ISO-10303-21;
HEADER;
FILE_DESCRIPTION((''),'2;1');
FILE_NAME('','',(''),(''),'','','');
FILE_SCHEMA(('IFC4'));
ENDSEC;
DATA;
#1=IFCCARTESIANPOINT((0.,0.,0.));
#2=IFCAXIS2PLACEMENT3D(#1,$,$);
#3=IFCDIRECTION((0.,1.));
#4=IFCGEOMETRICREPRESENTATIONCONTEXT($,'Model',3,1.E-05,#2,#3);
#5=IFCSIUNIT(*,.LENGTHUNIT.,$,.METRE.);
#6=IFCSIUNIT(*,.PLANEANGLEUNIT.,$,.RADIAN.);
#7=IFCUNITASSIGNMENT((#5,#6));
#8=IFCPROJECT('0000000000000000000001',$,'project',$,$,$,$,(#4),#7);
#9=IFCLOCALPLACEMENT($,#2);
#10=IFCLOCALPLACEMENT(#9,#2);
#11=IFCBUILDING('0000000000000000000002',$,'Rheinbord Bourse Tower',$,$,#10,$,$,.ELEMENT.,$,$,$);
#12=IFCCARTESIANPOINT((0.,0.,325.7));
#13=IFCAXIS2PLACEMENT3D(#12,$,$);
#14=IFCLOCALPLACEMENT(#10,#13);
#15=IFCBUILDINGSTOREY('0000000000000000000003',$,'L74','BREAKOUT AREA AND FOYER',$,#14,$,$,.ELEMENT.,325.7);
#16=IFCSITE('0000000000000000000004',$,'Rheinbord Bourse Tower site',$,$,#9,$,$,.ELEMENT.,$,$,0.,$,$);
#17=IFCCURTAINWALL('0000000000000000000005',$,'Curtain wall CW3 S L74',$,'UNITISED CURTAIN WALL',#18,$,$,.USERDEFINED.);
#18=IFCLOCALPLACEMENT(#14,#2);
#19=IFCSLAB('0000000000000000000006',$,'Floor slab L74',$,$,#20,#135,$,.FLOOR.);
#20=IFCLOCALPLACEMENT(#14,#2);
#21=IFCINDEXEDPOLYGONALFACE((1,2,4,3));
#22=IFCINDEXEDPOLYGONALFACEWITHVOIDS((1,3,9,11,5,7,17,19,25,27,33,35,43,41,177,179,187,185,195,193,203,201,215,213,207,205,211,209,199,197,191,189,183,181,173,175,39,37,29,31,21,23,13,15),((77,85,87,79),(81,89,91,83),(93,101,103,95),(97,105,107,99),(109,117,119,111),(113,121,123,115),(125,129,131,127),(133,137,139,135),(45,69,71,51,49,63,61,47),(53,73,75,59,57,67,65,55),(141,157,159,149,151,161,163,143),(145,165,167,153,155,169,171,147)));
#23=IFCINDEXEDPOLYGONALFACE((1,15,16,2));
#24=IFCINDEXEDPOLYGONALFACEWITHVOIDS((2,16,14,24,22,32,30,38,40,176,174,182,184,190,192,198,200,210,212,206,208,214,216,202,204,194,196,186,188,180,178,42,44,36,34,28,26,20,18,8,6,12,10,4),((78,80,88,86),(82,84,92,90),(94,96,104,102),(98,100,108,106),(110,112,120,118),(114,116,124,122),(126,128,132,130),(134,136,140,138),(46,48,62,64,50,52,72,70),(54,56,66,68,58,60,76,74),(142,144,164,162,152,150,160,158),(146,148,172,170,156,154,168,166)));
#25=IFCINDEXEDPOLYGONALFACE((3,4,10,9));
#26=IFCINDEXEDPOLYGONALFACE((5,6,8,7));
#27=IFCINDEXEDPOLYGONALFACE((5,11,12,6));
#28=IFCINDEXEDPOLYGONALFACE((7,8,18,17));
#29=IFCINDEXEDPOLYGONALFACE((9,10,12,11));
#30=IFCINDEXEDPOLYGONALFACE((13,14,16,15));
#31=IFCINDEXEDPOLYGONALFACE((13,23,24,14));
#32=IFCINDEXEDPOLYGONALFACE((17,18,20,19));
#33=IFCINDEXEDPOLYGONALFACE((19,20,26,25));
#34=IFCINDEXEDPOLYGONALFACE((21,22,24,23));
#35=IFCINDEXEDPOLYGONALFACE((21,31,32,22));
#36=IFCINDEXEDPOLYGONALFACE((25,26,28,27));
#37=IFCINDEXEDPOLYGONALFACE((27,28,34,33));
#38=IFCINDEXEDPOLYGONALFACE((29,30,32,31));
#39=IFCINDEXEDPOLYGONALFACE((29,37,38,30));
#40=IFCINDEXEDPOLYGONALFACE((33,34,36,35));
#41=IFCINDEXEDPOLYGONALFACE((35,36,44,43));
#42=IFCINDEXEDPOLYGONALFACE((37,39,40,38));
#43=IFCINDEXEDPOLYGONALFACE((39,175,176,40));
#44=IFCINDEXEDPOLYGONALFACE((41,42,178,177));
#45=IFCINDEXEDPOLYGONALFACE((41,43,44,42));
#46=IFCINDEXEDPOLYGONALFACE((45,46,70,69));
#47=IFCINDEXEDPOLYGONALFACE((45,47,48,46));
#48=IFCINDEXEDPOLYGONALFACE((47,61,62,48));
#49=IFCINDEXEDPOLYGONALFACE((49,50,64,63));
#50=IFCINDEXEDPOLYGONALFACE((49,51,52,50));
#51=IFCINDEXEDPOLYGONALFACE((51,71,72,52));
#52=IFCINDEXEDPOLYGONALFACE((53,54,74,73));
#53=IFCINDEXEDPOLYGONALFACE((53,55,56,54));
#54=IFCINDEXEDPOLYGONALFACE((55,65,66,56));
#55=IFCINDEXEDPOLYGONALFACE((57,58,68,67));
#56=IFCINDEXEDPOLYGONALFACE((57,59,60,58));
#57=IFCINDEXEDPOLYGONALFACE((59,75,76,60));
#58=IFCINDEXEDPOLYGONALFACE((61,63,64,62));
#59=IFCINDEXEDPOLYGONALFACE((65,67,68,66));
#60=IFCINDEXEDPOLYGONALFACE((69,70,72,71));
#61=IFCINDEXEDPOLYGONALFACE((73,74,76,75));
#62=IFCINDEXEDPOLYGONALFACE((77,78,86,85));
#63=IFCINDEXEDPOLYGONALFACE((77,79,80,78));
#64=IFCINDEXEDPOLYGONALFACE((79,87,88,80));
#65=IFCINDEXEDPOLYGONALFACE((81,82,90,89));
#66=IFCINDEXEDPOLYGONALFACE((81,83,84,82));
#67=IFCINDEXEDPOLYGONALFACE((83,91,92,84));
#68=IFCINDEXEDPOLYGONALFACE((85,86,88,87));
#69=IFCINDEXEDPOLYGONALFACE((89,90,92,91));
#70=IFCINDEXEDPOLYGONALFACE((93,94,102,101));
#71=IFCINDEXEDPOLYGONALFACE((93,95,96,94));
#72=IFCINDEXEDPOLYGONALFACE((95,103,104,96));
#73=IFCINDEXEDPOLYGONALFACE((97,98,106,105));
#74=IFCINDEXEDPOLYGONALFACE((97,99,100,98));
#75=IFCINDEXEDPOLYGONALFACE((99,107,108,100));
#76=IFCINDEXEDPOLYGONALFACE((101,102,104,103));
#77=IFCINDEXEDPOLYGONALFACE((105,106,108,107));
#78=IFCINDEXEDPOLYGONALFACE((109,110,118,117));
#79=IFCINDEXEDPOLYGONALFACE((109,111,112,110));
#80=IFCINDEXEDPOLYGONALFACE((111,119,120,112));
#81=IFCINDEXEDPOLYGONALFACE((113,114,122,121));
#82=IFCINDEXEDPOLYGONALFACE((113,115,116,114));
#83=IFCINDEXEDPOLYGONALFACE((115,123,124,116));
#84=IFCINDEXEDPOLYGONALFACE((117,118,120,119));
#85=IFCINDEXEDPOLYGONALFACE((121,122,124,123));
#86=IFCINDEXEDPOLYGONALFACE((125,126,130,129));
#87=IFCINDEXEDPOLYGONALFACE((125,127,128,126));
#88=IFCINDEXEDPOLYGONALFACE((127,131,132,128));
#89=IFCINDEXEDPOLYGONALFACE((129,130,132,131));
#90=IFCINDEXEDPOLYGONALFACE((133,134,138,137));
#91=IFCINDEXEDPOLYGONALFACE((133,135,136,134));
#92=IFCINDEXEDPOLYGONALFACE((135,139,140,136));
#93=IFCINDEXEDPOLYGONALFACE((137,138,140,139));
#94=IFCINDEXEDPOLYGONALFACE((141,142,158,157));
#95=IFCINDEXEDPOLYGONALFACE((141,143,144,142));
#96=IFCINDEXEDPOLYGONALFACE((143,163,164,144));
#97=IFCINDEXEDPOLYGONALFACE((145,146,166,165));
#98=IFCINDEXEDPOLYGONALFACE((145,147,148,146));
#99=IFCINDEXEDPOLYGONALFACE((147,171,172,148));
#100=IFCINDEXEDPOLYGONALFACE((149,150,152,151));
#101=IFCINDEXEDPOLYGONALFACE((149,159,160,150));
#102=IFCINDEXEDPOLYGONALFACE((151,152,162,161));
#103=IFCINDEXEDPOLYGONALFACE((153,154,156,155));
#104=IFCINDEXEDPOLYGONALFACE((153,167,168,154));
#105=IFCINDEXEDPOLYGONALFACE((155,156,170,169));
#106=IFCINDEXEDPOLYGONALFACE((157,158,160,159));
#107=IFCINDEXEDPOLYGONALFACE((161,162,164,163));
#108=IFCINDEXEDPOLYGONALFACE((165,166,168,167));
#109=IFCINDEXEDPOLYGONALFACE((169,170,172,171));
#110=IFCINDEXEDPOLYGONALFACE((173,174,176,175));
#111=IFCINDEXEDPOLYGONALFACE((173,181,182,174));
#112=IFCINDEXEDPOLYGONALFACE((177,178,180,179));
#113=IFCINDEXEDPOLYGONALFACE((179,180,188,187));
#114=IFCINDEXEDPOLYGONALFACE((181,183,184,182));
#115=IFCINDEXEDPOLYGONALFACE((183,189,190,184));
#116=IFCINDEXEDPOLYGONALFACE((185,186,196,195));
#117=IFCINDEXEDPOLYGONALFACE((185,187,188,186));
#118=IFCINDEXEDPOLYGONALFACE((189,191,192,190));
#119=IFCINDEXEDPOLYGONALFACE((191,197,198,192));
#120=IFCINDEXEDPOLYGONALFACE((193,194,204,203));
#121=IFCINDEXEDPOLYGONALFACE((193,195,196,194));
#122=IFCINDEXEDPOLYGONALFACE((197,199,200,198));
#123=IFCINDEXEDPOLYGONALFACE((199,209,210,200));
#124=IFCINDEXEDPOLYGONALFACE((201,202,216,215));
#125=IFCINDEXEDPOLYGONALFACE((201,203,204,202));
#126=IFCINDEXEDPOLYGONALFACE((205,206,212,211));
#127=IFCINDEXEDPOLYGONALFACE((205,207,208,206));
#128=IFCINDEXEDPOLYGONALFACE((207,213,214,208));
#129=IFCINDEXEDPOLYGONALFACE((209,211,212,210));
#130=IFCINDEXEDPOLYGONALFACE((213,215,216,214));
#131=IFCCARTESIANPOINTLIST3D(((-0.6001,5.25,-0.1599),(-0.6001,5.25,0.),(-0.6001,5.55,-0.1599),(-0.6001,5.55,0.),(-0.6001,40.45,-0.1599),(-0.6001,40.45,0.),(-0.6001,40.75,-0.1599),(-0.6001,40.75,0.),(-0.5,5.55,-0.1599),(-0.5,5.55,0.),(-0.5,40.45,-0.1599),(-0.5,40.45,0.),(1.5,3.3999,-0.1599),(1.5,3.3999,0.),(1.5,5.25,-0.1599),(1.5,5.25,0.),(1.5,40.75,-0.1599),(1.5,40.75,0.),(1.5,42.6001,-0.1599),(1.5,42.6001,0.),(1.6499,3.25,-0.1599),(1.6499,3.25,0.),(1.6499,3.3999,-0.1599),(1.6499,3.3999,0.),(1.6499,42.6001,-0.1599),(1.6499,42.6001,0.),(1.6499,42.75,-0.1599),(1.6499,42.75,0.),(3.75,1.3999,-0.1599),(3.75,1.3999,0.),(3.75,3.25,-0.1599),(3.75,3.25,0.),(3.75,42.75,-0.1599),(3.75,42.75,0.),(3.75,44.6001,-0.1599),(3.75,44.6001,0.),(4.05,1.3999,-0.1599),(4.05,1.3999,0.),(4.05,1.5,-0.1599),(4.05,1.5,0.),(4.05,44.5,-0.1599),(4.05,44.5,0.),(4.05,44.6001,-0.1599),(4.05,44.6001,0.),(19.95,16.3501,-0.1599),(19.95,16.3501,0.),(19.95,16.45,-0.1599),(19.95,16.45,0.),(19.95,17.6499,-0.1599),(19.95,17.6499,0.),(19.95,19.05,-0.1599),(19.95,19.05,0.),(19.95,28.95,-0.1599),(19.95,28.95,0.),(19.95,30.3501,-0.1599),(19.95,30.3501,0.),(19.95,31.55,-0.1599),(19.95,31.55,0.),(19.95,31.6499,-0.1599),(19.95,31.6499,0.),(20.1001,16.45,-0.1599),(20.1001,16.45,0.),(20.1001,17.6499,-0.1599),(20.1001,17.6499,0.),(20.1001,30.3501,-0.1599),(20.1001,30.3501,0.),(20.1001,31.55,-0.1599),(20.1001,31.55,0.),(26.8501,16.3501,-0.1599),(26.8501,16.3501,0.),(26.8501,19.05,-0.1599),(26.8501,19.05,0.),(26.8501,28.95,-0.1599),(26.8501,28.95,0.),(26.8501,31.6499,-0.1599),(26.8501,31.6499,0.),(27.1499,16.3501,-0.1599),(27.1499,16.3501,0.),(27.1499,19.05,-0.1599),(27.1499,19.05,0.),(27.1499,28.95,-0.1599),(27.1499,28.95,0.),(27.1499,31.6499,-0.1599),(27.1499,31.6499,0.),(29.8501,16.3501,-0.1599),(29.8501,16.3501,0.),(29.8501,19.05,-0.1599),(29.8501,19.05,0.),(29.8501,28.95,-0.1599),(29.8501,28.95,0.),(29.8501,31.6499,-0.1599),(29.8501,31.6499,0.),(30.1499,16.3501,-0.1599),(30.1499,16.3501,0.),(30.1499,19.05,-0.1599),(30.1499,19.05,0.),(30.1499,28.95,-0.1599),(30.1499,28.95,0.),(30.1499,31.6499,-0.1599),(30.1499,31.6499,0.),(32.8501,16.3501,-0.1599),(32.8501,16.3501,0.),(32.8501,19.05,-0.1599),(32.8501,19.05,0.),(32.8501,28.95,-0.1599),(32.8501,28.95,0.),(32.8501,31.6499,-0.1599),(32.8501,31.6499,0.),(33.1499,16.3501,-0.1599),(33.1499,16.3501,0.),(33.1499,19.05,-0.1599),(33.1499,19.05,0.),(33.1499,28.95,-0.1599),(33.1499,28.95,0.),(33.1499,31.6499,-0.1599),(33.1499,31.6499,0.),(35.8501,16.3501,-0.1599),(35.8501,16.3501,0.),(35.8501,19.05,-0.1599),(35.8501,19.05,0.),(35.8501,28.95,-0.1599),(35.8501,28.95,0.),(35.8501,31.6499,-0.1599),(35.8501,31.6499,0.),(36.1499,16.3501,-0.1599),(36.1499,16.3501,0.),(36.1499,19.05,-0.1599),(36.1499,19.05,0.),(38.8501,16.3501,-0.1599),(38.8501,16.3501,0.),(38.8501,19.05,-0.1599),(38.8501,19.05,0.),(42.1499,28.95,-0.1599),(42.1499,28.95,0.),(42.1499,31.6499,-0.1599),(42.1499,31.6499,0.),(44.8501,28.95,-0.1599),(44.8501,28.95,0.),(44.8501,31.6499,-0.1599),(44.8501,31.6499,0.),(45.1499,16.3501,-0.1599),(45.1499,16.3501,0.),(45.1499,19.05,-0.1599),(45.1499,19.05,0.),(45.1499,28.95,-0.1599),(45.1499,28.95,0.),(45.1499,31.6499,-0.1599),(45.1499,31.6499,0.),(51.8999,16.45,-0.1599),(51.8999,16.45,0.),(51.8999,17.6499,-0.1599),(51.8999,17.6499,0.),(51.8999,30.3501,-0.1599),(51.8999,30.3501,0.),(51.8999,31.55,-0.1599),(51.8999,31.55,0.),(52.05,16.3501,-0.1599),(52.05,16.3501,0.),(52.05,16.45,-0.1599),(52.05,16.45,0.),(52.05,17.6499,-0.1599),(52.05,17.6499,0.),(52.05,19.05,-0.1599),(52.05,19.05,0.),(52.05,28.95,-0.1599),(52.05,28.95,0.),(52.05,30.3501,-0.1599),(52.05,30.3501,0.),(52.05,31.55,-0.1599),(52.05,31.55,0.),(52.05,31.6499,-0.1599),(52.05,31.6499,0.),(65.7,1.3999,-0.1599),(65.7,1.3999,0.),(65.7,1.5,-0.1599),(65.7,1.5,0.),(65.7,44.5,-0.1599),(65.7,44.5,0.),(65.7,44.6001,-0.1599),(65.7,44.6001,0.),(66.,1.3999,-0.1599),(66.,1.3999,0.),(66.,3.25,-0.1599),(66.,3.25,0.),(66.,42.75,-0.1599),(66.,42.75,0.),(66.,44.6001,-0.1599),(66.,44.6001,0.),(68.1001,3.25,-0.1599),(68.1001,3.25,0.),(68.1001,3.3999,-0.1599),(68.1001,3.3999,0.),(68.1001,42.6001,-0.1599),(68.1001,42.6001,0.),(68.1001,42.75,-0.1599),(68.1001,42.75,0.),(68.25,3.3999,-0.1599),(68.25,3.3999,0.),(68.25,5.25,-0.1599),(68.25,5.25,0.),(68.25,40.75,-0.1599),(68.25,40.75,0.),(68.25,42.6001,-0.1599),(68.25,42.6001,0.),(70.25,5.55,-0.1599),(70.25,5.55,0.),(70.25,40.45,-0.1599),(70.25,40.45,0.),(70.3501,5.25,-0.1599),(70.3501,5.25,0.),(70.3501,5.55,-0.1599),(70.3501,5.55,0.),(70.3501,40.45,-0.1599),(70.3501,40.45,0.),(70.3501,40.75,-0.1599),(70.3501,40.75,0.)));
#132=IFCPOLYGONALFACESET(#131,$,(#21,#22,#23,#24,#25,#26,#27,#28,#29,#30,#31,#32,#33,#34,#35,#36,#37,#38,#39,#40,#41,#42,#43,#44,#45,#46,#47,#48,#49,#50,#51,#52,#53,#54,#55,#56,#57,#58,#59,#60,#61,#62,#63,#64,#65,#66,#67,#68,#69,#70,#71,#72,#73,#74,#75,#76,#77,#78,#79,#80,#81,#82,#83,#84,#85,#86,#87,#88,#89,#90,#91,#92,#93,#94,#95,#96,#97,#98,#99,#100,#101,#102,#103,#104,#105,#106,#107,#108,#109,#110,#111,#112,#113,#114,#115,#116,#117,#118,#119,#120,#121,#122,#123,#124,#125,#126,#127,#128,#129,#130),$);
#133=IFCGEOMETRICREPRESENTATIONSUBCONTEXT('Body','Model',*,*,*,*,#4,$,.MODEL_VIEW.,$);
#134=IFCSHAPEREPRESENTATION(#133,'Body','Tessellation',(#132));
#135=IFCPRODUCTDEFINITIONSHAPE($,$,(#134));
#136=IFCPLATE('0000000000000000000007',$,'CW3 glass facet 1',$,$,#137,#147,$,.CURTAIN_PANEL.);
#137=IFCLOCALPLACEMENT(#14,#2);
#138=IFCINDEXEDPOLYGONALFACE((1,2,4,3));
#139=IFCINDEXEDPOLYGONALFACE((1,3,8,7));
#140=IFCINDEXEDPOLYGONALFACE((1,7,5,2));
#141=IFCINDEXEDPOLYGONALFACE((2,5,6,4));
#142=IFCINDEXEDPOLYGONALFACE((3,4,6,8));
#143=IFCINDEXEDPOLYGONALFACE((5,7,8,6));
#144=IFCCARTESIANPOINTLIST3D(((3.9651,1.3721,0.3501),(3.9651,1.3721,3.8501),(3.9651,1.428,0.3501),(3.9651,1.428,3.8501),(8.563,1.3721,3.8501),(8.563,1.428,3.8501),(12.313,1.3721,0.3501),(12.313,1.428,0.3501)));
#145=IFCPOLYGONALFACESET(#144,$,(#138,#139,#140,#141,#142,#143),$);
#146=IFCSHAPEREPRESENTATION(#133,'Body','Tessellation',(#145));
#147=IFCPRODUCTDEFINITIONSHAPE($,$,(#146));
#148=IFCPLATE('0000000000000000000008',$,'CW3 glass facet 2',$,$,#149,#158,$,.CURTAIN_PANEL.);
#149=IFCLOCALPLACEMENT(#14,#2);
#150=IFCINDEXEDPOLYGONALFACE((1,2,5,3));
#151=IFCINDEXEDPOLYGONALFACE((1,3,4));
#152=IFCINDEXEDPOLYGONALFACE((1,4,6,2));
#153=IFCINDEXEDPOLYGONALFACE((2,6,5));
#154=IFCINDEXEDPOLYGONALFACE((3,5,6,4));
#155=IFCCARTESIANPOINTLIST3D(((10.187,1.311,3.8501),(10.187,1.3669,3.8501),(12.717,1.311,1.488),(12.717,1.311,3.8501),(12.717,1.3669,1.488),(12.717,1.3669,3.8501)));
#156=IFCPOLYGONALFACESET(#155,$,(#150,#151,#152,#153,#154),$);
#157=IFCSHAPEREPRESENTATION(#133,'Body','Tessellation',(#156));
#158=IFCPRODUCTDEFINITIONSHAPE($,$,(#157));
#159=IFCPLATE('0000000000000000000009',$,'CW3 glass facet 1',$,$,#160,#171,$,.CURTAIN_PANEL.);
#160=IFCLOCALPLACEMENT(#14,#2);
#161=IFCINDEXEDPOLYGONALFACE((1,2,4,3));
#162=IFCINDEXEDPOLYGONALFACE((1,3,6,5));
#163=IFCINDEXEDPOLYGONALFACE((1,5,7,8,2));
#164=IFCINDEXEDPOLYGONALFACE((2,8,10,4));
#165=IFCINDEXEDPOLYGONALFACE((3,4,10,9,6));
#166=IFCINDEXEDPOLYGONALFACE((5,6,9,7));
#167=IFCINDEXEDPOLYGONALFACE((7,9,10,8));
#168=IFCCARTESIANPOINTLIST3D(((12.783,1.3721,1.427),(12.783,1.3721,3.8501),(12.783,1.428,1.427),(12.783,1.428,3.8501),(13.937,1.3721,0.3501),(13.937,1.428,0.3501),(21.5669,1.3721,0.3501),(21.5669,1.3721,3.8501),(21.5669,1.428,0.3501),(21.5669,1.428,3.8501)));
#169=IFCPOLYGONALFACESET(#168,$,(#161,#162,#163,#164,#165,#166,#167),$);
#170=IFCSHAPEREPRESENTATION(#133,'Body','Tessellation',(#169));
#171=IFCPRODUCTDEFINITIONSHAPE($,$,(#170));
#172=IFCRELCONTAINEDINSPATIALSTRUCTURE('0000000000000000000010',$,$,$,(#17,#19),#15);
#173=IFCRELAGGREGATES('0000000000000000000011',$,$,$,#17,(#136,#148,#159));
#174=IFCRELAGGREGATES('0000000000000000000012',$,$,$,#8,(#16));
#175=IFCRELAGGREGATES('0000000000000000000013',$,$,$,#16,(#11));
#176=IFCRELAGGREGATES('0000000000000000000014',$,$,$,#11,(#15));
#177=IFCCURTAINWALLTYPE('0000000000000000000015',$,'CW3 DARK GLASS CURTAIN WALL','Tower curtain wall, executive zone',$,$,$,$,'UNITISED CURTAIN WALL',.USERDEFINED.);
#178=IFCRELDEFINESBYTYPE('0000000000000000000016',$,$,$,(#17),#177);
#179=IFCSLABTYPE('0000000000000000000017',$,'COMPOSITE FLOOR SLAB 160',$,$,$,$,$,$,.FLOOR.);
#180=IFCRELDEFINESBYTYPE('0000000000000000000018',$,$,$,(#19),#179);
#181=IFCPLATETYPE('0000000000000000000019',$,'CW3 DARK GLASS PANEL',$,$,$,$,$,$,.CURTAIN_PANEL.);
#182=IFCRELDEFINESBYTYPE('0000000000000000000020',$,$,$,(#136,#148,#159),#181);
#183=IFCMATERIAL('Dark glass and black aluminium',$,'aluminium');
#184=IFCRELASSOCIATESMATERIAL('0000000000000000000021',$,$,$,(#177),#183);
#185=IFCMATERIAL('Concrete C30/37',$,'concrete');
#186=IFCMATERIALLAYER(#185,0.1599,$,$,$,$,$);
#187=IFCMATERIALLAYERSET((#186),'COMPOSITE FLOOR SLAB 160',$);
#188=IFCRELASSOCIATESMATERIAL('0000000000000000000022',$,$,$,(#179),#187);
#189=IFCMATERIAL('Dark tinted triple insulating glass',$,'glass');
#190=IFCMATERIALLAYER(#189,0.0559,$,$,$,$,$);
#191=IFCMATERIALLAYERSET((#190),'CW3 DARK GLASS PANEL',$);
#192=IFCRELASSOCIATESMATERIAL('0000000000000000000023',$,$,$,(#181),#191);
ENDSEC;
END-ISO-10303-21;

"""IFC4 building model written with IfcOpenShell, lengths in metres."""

from ifc_helpers import new_model, si_unit, direction, frame, origin, place, context, subcontext, project, spatial, polyline, outline, extrude, material, layer, layer_set, type_object, element, aggregate, save


model = new_model("IFC4")

# Units and contexts
model_context = context("Model", 3, precision=1e-05, world=origin(), true_north=direction((0.0, 1.0)))
body_context = subcontext(model_context, "Body", "Model", "MODEL_VIEW")
ifc_project = project(units=[si_unit("LENGTHUNIT", "METRE"), si_unit("PLANEANGLEUNIT", "RADIAN")], contexts=[model_context])

# Site, building, storey
site_placement = place(None, origin())
site = spatial("IfcSite", under=ifc_project, at=site_placement, Name="Rheinbord Bourse Tower site", CompositionType="ELEMENT", RefElevation=0.0)
building_placement = place(site_placement, origin())
building = spatial("IfcBuilding", under=site, at=building_placement, Name="Rheinbord Bourse Tower", CompositionType="ELEMENT")
storey_placement = place(building_placement, frame((0.0, 0.0, 325.7)))
storey = spatial("IfcBuildingStorey", under=building, at=storey_placement, Name="L74", Description="BREAKOUT AREA AND FOYER", CompositionType="ELEMENT", Elevation=325.7)

# Curtain wall
ifc_material_1 = material(Name="Dark glass and black aluminium", Category="aluminium")
curtain_wall_type = type_object("IfcCurtainWallType", Name="CW3 DARK GLASS CURTAIN WALL", Description="Tower curtain wall, executive zone", ElementType="UNITISED CURTAIN WALL", PredefinedType="USERDEFINED", material=ifc_material_1)
curtain_wall_1_placement = place(storey_placement, origin())
curtain_wall_1 = element("IfcCurtainWall", 1, at=curtain_wall_1_placement, inside=storey, type_object=curtain_wall_type, Name="Curtain wall CW3 S L74", ObjectType="UNITISED CURTAIN WALL", PredefinedType="USERDEFINED")

# Slab
ifc_material_2 = material(Name="Concrete C30/37", Category="concrete")
ifc_layer_1 = layer(ifc_material_2, 0.1599)
ifc_layer_set_1 = layer_set([ifc_layer_1], Name="COMPOSITE FLOOR SLAB 160")
slab_type_1 = type_object("IfcSlabType", Name="COMPOSITE FLOOR SLAB 160", PredefinedType="FLOOR", material=ifc_layer_set_1)
slab_1_placement = place(storey_placement, frame((0.0, 0.0, -0.1599)))
element("IfcSlab", 2, at=slab_1_placement, inside=storey, type_object=slab_type_1, Name="Floor slab L74", PredefinedType="FLOOR", context=body_context, shape_type="SweptSolid", body=[
    extrude(outline(polyline([(1.6499, 3.3999), (1.5, 3.3999), (1.5, 5.25), (-0.6001, 5.25), (-0.6001, 5.55), (-0.5, 5.55), (-0.5, 40.45), (-0.6001, 40.45), (-0.6001, 40.75), (1.5, 40.75), (1.5, 42.6001), (1.6499, 42.6001), (1.6499, 42.75), (3.75, 42.75), (3.75, 44.6001), (4.05, 44.6001), (4.05, 44.5), (65.7, 44.5), (65.7, 44.6001), (66.0, 44.6001), (66.0, 42.75), (68.1001, 42.75), (68.1001, 42.6001), (68.25, 42.6001), (68.25, 40.75), (70.3501, 40.75), (70.3501, 40.45), (70.25, 40.45), (70.25, 5.55), (70.3501, 5.55), (70.3501, 5.25), (68.25, 5.25), (68.25, 3.3999), (68.1001, 3.3999), (68.1001, 3.25), (66.0, 3.25), (66.0, 1.3999), (65.7, 1.3999), (65.7, 1.5), (4.05, 1.5), (4.05, 1.3999), (3.75, 1.3999), (3.75, 3.25), (1.6499, 3.25), (1.6499, 3.3999)]), holes=[polyline([(19.95, 19.05), (26.8501, 19.05), (26.8501, 16.3501), (19.95, 16.3501), (19.95, 16.45), (20.1001, 16.45), (20.1001, 17.6499), (19.95, 17.6499), (19.95, 19.05)]), polyline([(19.95, 31.6499), (26.8501, 31.6499), (26.8501, 28.95), (19.95, 28.95), (19.95, 30.3501), (20.1001, 30.3501), (20.1001, 31.55), (19.95, 31.55), (19.95, 31.6499)]), polyline([(52.05, 16.3501), (45.1499, 16.3501), (45.1499, 19.05), (52.05, 19.05), (52.05, 17.6499), (51.8999, 17.6499), (51.8999, 16.45), (52.05, 16.45), (52.05, 16.3501)]), polyline([(52.05, 28.95), (45.1499, 28.95), (45.1499, 31.6499), (52.05, 31.6499), (52.05, 31.55), (51.8999, 31.55), (51.8999, 30.3501), (52.05, 30.3501), (52.05, 28.95)]), polyline([(27.1499, 16.3501), (27.1499, 19.05), (29.8501, 19.05), (29.8501, 16.3501), (27.1499, 16.3501)]), polyline([(27.1499, 28.95), (27.1499, 31.6499), (29.8501, 31.6499), (29.8501, 28.95), (27.1499, 28.95)]), polyline([(30.1499, 16.3501), (30.1499, 19.05), (32.8501, 19.05), (32.8501, 16.3501), (30.1499, 16.3501)]), polyline([(30.1499, 28.95), (30.1499, 31.6499), (32.8501, 31.6499), (32.8501, 28.95), (30.1499, 28.95)]), polyline([(33.1499, 16.3501), (33.1499, 19.05), (35.8501, 19.05), (35.8501, 16.3501), (33.1499, 16.3501)]), polyline([(33.1499, 28.95), (33.1499, 31.6499), (35.8501, 31.6499), (35.8501, 28.95), (33.1499, 28.95)]), polyline([(36.1499, 16.3501), (36.1499, 19.05), (38.8501, 19.05), (38.8501, 16.3501), (36.1499, 16.3501)]), polyline([(42.1499, 28.95), (42.1499, 31.6499), (44.8501, 31.6499), (44.8501, 28.95), (42.1499, 28.95)])]), origin(), (0.0, 0.0, 1.0), 0.1599),
])

# Plates
ifc_material_3 = material(Name="Dark tinted triple insulating glass", Category="glass")
ifc_layer_2 = layer(ifc_material_3, 0.0559)
ifc_layer_set_2 = layer_set([ifc_layer_2], Name="CW3 DARK GLASS PANEL")
plate_type = type_object("IfcPlateType", Name="CW3 DARK GLASS PANEL", PredefinedType="CURTAIN_PANEL", material=ifc_layer_set_2)
plate_1_placement = place(storey_placement, frame((3.9651, 1.3721, 0.3501), z_axis=(0.0, 1.0, 0.0), x_axis=(0.0, 0.0, 1.0)))
plate_1 = element("IfcPlate", 3, at=plate_1_placement, type_object=plate_type, Name="CW3 glass facet 1", PredefinedType="CURTAIN_PANEL", context=body_context, shape_type="SweptSolid", body=[
    extrude(outline(polyline([(0.0, 0.0), (3.5, 0.0), (3.5, 4.5979), (0.0, 8.3479), (0.0, 0.0)])), origin(), (0.0, 0.0, 1.0), 0.0559),
])
plate_2_placement = place(storey_placement, frame((12.717, 1.311, 3.8501), z_axis=(0.0, 1.0, 0.0), x_axis=(0.0, 0.0, -1.0)))
plate_2 = element("IfcPlate", 4, at=plate_2_placement, type_object=plate_type, Name="CW3 glass facet 2", PredefinedType="CURTAIN_PANEL", context=body_context, shape_type="SweptSolid", body=[
    extrude(outline(polyline([(0.0, 0.0), (2.3621, 0.0), (0.0, 2.53), (0.0, 0.0)])), origin(), (0.0, 0.0, 1.0), 0.0559),
])
plate_3_placement = place(storey_placement, frame((12.783, 1.3721, 3.8501), z_axis=(0.0, 1.0, 0.0), x_axis=(1.0, 0.0, 0.0)))
plate_3 = element("IfcPlate", 5, at=plate_3_placement, type_object=plate_type, Name="CW3 glass facet 1", PredefinedType="CURTAIN_PANEL", context=body_context, shape_type="SweptSolid", body=[
    extrude(outline(polyline([(0.0, 0.0), (8.7839, 0.0), (8.7839, 3.5), (1.1541, 3.5), (0.0, 2.4231), (0.0, 0.0)])), origin(), (0.0, 0.0, 1.0), 0.0559),
])
aggregate(curtain_wall_1, [plate_1, plate_2, plate_3])

save(model, "model.ifc")
